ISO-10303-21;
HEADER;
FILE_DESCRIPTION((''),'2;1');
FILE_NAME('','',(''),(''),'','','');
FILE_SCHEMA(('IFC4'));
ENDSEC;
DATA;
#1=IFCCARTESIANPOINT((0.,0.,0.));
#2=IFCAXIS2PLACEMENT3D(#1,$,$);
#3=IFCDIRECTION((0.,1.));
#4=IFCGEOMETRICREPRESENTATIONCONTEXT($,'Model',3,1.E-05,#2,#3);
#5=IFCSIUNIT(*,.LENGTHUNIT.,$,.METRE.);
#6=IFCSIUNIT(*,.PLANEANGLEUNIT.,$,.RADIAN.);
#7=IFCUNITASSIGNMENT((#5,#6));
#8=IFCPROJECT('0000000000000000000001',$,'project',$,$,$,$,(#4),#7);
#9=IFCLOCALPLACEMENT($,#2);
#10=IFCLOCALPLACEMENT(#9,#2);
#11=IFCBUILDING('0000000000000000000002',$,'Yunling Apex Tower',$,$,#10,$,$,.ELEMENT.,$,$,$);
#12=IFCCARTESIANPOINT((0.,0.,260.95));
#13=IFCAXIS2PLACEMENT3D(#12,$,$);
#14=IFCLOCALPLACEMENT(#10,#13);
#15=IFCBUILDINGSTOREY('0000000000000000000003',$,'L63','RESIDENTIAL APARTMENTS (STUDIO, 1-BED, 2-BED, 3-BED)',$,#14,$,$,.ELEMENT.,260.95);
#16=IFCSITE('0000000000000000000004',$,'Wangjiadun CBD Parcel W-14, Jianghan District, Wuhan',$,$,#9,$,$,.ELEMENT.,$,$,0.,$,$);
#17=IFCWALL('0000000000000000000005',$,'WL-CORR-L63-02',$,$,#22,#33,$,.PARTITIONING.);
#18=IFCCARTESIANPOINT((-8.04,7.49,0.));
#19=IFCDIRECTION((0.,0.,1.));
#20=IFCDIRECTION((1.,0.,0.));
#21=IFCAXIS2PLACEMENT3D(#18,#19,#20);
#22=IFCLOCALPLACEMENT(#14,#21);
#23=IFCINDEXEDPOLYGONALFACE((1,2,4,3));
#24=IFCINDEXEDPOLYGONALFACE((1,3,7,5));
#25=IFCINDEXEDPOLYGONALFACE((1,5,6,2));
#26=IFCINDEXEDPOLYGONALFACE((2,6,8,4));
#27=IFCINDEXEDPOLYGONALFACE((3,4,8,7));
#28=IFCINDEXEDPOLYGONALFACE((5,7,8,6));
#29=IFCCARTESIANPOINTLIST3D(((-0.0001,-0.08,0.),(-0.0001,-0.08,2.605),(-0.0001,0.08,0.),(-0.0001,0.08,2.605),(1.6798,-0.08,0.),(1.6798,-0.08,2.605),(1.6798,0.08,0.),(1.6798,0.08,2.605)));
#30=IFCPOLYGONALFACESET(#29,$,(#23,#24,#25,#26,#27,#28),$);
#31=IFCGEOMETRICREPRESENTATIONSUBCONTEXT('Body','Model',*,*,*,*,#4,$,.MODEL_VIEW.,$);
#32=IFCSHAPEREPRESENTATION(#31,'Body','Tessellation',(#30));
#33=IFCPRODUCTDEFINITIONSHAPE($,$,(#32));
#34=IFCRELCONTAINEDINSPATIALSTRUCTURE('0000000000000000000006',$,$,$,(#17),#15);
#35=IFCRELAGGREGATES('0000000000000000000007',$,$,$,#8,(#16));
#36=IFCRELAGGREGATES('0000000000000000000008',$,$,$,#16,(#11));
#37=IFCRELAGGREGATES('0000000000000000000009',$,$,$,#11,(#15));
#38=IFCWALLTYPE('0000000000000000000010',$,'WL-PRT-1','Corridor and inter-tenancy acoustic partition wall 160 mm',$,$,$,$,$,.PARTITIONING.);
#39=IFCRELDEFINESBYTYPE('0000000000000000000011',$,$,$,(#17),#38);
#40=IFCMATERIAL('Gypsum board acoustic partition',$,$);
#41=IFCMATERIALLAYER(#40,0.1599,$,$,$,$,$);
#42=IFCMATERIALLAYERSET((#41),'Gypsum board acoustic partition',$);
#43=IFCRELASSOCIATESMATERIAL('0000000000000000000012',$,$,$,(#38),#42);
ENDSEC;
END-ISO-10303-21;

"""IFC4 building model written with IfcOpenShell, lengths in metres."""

from ifc_helpers import new_model, si_unit, direction, frame, frame_2d, origin, place, context, subcontext, project, spatial, rectangle, extrude, material, layer, layer_set, type_object, element, save


model = new_model("IFC4")

# Units and contexts
model_context = context("Model", 3, precision=1e-05, world=origin(), true_north=direction((0.0, 1.0)))
body_context = subcontext(model_context, "Body", "Model", "MODEL_VIEW")
ifc_project = project(units=[si_unit("LENGTHUNIT", "METRE"), si_unit("PLANEANGLEUNIT", "RADIAN")], contexts=[model_context])

# Site, building, storey
site_placement = place(None, origin())
site = spatial("IfcSite", under=ifc_project, at=site_placement, Name="Wangjiadun CBD Parcel W-14, Jianghan District, Wuhan", CompositionType="ELEMENT", RefElevation=0.0)
building_placement = place(site_placement, origin())
building = spatial("IfcBuilding", under=site, at=building_placement, Name="Yunling Apex Tower", CompositionType="ELEMENT")
storey_placement = place(building_placement, frame((0.0, 0.0, 260.95)))
storey = spatial("IfcBuildingStorey", under=building, at=storey_placement, Name="L63", Description="RESIDENTIAL APARTMENTS (STUDIO, 1-BED, 2-BED, 3-BED)", CompositionType="ELEMENT", Elevation=260.95)

# Shared definitions
ifc_material_1 = material(Name="Gypsum board acoustic partition")
ifc_layer_1 = layer(ifc_material_1, 0.1599)
ifc_layer_set_1 = layer_set([ifc_layer_1], Name="Gypsum board acoustic partition")
wall_type = type_object("IfcWallType", Name="WL-PRT-1", Description="Corridor and inter-tenancy acoustic partition wall 160 mm", PredefinedType="PARTITIONING", material=ifc_layer_set_1)

# Wall
wall_1_placement = place(storey_placement, frame((-8.04, 7.49, 0.0), z_axis=(0.0, 0.0, 1.0), x_axis=(1.0, 0.0, 0.0)))
element("IfcWall", 1, at=wall_1_placement, inside=storey, type_object=wall_type, Name="WL-CORR-L63-02", PredefinedType="PARTITIONING", context=body_context, shape_type="SweptSolid", body=[
    extrude(rectangle(XDim=1.6799, YDim=0.1599, at=frame_2d((0.8398, 0.0))), origin(), (0.0, 0.0, 1.0), 2.605),
])

save(model, "model.ifc")
